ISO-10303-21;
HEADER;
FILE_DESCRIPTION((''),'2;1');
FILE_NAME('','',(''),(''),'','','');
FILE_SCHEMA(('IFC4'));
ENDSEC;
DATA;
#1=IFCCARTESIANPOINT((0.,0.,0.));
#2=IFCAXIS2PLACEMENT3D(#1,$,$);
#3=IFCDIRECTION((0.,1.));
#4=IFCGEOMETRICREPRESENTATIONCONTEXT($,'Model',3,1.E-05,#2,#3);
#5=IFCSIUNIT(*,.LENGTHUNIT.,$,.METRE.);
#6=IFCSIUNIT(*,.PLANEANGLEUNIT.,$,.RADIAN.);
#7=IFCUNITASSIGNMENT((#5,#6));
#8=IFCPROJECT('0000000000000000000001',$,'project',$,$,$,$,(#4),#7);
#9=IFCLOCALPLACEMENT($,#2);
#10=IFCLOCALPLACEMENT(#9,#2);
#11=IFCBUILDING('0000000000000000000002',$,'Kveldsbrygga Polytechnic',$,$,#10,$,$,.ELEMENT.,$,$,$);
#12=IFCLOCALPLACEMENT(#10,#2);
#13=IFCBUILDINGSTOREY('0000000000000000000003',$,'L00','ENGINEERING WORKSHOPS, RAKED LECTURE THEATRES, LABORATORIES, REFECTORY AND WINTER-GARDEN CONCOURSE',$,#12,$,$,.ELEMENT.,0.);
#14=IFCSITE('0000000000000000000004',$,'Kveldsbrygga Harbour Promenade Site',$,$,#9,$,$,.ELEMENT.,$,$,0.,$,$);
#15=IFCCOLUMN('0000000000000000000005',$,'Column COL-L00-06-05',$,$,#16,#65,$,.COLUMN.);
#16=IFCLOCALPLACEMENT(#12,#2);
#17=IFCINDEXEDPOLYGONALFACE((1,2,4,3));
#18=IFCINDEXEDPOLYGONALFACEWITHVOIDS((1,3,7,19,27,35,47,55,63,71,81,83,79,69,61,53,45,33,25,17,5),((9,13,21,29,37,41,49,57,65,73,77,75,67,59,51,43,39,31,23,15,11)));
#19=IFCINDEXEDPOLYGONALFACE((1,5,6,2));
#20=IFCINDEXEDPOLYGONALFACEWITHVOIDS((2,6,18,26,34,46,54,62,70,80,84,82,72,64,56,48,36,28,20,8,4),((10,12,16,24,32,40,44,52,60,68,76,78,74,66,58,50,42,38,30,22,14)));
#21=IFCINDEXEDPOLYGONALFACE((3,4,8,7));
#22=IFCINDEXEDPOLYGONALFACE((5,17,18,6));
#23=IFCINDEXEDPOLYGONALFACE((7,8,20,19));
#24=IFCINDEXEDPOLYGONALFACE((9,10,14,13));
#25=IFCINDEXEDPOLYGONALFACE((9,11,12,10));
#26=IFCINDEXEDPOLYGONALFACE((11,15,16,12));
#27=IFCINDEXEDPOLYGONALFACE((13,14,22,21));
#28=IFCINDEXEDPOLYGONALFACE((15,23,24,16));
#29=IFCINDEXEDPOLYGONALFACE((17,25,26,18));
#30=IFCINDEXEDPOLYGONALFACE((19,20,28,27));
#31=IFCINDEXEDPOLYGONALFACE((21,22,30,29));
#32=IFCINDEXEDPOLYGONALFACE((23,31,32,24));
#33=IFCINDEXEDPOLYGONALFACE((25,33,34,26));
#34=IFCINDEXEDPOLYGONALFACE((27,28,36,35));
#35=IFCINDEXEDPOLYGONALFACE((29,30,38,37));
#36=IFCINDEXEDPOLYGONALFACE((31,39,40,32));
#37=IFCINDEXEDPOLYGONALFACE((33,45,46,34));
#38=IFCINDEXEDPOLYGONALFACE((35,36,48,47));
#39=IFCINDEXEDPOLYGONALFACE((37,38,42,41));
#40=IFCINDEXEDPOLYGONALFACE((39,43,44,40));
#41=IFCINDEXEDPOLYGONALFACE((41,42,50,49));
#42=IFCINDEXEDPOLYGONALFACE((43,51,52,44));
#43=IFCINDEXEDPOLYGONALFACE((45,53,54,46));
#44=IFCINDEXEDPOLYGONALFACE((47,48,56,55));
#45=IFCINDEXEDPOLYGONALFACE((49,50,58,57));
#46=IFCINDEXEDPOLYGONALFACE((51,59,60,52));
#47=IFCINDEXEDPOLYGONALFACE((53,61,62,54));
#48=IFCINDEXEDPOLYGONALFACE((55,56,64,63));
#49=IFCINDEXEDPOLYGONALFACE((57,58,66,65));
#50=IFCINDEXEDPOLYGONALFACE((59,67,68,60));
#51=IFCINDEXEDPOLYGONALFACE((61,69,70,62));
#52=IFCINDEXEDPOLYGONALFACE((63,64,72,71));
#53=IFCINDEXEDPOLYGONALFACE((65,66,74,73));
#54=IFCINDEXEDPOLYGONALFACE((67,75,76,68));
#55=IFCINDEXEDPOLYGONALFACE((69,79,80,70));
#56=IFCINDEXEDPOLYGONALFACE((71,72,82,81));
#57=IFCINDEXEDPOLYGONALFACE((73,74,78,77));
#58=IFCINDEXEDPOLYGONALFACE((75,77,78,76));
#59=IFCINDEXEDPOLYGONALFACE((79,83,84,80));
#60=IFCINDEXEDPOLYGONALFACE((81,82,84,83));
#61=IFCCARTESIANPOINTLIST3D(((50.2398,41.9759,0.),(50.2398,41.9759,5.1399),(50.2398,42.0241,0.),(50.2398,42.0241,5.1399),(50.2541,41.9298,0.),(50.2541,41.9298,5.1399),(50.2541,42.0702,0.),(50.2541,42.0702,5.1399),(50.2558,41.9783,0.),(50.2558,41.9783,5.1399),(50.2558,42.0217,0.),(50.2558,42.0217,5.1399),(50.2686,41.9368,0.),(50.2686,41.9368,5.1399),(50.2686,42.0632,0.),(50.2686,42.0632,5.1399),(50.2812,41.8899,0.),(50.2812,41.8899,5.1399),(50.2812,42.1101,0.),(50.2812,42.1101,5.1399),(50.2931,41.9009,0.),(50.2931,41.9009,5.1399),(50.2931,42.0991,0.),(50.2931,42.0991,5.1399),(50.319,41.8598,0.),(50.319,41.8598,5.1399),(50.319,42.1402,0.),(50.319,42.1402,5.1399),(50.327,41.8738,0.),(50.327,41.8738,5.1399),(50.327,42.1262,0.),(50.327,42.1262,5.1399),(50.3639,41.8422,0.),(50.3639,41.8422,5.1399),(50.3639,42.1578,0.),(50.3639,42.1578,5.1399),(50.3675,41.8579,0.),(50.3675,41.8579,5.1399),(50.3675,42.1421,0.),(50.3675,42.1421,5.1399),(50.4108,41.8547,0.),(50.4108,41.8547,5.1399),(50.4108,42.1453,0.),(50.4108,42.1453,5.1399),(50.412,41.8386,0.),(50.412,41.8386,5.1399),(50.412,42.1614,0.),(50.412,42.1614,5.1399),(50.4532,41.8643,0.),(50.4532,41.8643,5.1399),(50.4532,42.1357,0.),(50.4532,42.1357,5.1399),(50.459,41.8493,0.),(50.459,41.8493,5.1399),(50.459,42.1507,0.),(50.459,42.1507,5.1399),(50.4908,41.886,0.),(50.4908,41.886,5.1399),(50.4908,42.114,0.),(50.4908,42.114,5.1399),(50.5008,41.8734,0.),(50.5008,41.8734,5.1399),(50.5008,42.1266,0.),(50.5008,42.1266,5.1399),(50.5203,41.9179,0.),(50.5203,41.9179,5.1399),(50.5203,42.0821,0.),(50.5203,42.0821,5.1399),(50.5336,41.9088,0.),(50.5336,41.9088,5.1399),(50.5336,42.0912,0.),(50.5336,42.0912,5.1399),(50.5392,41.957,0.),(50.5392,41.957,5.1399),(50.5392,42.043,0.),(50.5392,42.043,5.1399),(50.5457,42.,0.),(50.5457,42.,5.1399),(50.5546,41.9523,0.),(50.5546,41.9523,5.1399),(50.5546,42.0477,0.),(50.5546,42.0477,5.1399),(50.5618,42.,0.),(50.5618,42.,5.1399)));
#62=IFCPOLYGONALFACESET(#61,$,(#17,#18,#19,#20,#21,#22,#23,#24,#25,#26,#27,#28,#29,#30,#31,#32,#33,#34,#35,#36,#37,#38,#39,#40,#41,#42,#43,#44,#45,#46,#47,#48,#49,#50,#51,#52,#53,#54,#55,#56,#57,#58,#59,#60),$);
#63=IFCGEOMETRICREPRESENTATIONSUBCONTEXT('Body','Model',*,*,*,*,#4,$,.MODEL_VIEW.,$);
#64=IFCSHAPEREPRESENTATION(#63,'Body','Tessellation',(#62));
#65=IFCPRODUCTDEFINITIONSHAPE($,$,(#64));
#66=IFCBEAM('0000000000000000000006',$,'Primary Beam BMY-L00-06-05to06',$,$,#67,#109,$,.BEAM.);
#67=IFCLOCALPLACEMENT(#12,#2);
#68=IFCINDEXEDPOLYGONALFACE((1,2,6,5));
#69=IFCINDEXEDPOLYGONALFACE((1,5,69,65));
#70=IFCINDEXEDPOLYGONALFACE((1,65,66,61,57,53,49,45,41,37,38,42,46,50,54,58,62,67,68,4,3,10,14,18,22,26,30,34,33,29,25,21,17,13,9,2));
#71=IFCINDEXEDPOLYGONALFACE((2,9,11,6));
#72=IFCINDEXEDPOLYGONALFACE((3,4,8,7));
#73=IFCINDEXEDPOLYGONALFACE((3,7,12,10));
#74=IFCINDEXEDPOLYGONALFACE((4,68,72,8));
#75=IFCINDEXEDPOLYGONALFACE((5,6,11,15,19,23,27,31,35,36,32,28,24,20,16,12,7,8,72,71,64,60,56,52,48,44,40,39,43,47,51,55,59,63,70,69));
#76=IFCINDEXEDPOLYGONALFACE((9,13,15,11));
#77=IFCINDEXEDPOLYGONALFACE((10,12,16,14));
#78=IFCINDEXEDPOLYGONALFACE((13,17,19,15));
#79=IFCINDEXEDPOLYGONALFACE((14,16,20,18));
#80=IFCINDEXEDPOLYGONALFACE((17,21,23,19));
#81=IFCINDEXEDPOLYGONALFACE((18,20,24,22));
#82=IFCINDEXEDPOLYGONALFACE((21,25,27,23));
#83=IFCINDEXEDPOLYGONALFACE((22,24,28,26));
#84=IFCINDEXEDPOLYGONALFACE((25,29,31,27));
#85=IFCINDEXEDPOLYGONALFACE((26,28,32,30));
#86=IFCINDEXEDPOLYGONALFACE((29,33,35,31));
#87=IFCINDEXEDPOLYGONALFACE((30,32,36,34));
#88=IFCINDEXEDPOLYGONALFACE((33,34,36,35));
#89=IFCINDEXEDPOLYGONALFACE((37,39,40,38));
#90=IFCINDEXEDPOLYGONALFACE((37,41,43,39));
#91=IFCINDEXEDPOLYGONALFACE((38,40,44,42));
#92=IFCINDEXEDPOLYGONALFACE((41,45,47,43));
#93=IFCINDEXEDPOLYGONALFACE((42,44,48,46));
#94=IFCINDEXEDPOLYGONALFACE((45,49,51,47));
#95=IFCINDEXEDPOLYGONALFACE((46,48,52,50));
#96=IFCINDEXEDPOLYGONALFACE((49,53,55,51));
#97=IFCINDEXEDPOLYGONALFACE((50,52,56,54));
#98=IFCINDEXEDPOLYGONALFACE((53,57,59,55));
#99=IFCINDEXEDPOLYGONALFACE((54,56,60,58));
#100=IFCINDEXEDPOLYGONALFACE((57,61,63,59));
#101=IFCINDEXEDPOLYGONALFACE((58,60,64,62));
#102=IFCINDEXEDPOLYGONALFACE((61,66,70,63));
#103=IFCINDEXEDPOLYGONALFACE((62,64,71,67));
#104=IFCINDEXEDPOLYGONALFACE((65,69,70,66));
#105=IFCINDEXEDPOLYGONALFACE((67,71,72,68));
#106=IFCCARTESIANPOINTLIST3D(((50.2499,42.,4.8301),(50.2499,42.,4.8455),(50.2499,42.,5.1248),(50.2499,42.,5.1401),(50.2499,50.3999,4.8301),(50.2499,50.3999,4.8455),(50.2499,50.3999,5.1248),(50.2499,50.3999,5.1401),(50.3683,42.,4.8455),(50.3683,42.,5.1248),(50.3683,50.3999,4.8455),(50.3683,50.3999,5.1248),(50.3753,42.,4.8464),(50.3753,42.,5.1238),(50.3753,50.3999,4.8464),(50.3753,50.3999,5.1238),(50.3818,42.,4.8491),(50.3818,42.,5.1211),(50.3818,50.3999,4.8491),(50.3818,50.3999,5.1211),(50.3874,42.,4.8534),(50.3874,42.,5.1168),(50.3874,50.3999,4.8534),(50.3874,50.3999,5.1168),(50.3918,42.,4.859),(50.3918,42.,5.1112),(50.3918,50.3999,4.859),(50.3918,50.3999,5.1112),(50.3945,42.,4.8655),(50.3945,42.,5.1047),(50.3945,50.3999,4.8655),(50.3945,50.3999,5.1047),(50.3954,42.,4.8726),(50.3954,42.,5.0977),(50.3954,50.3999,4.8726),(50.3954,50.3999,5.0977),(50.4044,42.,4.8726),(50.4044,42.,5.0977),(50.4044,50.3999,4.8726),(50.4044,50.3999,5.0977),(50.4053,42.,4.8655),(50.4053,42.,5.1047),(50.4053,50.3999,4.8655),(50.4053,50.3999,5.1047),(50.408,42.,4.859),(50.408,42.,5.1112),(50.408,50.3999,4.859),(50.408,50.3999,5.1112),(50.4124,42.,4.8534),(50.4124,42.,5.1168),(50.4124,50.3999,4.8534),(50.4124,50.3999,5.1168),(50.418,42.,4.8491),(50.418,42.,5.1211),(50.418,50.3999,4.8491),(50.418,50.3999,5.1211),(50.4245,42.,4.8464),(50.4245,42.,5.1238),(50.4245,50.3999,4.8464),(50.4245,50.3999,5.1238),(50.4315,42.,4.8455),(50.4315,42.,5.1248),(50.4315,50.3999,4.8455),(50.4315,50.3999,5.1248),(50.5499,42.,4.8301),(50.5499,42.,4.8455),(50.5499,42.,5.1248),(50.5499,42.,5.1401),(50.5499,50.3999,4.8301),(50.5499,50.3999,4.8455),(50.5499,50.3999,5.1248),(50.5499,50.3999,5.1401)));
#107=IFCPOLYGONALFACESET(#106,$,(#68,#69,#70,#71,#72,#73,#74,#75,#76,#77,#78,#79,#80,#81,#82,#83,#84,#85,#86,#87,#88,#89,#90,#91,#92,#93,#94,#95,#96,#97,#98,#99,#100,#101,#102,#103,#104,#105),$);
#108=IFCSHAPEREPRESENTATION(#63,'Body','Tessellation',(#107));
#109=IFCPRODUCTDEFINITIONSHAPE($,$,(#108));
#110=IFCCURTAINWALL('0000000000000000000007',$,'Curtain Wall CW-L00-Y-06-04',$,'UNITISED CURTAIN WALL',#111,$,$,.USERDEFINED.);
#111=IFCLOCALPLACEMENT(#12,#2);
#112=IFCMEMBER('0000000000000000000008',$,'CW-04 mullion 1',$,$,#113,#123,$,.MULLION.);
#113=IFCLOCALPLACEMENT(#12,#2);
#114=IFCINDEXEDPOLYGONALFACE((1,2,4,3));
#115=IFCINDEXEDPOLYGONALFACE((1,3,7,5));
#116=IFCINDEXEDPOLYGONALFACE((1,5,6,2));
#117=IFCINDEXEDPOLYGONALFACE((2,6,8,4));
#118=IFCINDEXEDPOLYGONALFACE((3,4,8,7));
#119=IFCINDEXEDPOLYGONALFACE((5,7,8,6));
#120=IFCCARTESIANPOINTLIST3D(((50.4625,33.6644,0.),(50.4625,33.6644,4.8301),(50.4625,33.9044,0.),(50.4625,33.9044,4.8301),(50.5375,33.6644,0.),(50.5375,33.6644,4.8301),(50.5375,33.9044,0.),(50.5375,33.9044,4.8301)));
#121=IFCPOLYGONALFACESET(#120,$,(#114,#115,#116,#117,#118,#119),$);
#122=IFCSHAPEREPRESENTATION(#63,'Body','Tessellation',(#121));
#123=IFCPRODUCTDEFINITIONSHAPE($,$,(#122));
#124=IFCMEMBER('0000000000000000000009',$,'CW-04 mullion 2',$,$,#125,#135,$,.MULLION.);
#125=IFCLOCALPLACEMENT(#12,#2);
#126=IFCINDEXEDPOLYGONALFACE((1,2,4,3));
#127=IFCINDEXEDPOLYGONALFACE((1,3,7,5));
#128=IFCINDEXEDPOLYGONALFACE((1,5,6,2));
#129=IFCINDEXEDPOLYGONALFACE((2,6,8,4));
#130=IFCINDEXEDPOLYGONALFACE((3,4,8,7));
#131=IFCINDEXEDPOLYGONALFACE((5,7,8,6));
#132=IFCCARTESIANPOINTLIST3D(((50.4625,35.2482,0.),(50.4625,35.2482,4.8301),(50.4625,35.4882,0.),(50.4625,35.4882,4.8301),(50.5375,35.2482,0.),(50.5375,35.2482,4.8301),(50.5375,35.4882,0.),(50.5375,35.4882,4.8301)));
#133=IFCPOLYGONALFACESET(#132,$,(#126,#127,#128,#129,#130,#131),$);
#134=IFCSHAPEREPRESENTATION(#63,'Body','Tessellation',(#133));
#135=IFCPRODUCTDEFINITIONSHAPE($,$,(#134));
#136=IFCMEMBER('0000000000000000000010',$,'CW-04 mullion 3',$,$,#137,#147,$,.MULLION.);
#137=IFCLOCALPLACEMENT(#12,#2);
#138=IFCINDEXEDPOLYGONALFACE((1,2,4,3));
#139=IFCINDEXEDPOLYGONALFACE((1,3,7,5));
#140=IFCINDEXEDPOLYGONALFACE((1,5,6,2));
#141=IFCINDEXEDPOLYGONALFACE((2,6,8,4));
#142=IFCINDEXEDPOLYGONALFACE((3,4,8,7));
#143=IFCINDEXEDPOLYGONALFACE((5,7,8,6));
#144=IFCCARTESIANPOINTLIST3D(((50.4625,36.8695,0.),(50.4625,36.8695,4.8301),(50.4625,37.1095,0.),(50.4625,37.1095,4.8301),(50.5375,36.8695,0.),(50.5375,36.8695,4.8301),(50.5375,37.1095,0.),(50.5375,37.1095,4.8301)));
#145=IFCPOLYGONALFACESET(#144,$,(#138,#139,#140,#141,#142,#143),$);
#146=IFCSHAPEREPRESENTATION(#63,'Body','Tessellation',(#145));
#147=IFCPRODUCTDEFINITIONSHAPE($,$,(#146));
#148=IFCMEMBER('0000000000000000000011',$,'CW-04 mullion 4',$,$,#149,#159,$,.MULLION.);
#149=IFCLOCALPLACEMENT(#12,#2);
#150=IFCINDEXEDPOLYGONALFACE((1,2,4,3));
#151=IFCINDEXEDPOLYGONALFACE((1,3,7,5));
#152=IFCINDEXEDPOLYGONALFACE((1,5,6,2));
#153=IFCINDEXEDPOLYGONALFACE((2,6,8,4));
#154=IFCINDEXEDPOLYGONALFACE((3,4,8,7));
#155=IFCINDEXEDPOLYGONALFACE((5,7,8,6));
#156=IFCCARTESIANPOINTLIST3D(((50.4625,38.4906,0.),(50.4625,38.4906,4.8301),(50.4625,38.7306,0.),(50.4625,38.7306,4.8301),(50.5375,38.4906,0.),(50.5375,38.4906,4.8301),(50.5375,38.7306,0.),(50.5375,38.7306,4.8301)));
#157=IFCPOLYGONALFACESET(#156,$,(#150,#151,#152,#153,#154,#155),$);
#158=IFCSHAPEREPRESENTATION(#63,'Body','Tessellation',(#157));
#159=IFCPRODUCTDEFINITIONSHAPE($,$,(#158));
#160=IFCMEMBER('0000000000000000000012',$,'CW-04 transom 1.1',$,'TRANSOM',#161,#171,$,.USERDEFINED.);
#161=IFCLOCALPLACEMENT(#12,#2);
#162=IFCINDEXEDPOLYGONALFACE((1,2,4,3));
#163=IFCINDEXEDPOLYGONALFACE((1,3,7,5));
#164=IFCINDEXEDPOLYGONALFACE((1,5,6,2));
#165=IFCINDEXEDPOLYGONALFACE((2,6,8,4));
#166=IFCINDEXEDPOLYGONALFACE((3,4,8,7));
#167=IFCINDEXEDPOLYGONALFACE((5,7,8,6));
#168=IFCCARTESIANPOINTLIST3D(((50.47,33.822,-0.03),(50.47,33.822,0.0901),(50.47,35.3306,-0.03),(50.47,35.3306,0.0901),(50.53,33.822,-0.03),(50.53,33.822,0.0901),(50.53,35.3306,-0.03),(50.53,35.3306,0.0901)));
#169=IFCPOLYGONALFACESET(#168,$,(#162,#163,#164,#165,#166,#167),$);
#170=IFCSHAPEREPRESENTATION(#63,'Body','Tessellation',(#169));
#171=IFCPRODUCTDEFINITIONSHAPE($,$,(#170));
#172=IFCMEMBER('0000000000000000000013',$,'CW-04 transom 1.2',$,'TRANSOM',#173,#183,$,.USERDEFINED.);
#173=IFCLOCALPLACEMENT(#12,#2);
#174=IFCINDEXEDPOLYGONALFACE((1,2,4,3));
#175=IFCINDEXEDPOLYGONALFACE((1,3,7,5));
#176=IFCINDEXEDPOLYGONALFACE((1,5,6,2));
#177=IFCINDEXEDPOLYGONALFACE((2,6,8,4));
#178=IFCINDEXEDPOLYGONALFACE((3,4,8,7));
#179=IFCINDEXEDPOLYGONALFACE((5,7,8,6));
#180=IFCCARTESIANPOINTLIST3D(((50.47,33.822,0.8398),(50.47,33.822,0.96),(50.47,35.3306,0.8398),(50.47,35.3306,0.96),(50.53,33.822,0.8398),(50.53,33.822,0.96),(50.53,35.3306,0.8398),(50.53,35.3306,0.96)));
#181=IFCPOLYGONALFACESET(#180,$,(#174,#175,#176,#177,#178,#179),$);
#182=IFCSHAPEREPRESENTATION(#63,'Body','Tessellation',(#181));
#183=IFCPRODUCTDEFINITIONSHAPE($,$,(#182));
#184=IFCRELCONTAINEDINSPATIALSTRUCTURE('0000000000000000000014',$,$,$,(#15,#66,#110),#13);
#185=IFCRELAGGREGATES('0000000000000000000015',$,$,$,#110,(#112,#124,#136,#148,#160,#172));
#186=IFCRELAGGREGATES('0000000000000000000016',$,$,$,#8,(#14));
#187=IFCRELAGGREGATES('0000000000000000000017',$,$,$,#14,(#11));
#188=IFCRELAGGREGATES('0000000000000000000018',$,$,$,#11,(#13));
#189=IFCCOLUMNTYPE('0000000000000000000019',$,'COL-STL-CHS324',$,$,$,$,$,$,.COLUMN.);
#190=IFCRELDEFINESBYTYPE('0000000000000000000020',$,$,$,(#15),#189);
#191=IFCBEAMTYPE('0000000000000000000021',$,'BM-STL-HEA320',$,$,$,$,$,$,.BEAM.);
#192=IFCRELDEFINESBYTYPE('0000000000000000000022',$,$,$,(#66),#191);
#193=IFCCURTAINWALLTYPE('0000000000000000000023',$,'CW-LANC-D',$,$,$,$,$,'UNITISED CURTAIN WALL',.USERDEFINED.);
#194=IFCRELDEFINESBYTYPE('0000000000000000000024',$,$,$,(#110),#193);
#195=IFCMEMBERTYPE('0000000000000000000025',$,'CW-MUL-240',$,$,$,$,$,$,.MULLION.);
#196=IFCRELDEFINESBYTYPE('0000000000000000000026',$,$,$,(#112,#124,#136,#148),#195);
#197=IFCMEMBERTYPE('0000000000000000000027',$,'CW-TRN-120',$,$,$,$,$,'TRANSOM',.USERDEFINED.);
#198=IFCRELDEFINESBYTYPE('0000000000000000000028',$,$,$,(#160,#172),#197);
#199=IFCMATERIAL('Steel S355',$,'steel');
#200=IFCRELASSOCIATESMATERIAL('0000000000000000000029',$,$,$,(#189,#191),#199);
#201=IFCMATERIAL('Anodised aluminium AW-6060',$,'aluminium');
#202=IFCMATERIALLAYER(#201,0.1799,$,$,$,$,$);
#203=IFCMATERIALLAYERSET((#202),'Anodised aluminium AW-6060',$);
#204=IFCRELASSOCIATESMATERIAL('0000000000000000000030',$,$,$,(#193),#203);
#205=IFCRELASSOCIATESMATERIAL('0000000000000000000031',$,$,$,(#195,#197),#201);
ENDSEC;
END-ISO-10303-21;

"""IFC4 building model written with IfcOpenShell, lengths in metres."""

from ifc_helpers import new_model, si_unit, direction, frame, origin, origin_2d, place, context, subcontext, project, spatial, rectangle, hollow_circle, i_section, extrude, material, layer, layer_set, material_profile, profile_set, type_object, element, aggregate, save


model = new_model("IFC4")

# Units and contexts
model_context = context("Model", 3, precision=1e-05, world=origin(), true_north=direction((0.0, 1.0)))
body_context = subcontext(model_context, "Body", "Model", "MODEL_VIEW")
ifc_project = project(units=[si_unit("LENGTHUNIT", "METRE"), si_unit("PLANEANGLEUNIT", "RADIAN")], contexts=[model_context])

# Site, building, storey
site_placement = place(None, origin())
site = spatial("IfcSite", under=ifc_project, at=site_placement, Name="Kveldsbrygga Harbour Promenade Site", CompositionType="ELEMENT", RefElevation=0.0)
building_placement = place(site_placement, origin())
building = spatial("IfcBuilding", under=site, at=building_placement, Name="Kveldsbrygga Polytechnic", CompositionType="ELEMENT")
storey_placement = place(building_placement, origin())
storey = spatial("IfcBuildingStorey", under=building, at=storey_placement, Name="L00", Description="ENGINEERING WORKSHOPS, RAKED LECTURE THEATRES, LABORATORIES, REFECTORY AND WINTER-GARDEN CONCOURSE", CompositionType="ELEMENT", Elevation=0.0)

# Column
ifc_material_1 = material(Name="Steel S355", Category="steel")
ifc_material_profile_1 = material_profile(ifc_material_1, hollow_circle(Radius=0.1619, WallThickness=0.0161, at=origin_2d()), Name="CHS 323.9x16.0")
ifc_profile_set_1 = profile_set([ifc_material_profile_1], Name="Steel S355")
column_type = type_object("IfcColumnType", Name="COL-STL-CHS324", PredefinedType="COLUMN", material=ifc_profile_set_1)
column_placement = place(storey_placement, frame((50.3999, 42.0, 0.0), z_axis=(0.0, 0.0, 1.0), x_axis=(1.0, 0.0, 0.0)))
element("IfcColumn", 1, at=column_placement, inside=storey, type_object=column_type, Name="Column COL-L00-06-05", PredefinedType="COLUMN", context=body_context, shape_type="SweptSolid", body=[
    extrude(hollow_circle(Radius=0.1619, WallThickness=0.0161, at=origin_2d()), origin(), (0.0, 0.0, 1.0), 5.1399),
])

# Beam
ifc_material_profile_2 = material_profile(ifc_material_1, i_section(OverallWidth=0.3, OverallDepth=0.3101, WebThickness=0.009, FlangeThickness=0.0154, FilletRadius=0.0271, at=origin_2d()), Name="HEA 320")
ifc_profile_set_2 = profile_set([ifc_material_profile_2], Name="Steel S355")
beam_type = type_object("IfcBeamType", Name="BM-STL-HEA320", PredefinedType="BEAM", material=ifc_profile_set_2)
beam_placement = place(storey_placement, frame((50.3999, 42.0, 4.9851), z_axis=(0.0, 1.0, 0.0), x_axis=(-1.0, 0.0, 0.0)))
element("IfcBeam", 2, at=beam_placement, inside=storey, type_object=beam_type, Name="Primary Beam BMY-L00-06-05to06", PredefinedType="BEAM", context=body_context, shape_type="SweptSolid", body=[
    extrude(i_section(OverallWidth=0.3, OverallDepth=0.3101, WebThickness=0.009, FlangeThickness=0.0154, FilletRadius=0.0271, at=origin_2d()), origin(), (0.0, 0.0, 1.0), 8.3999),
])

# Curtain wall, members
ifc_material_2 = material(Name="Anodised aluminium AW-6060", Category="aluminium")
ifc_layer_1 = layer(ifc_material_2, 0.1799)
ifc_layer_set_1 = layer_set([ifc_layer_1], Name="Anodised aluminium AW-6060")
curtain_wall_type = type_object("IfcCurtainWallType", Name="CW-LANC-D", ElementType="UNITISED CURTAIN WALL", PredefinedType="USERDEFINED", material=ifc_layer_set_1)
curtain_wall_placement = place(storey_placement, origin())
curtain_wall = element("IfcCurtainWall", 3, at=curtain_wall_placement, inside=storey, type_object=curtain_wall_type, Name="Curtain Wall CW-L00-Y-06-04", ObjectType="UNITISED CURTAIN WALL", PredefinedType="USERDEFINED")
ifc_material_profile_3 = material_profile(ifc_material_2, rectangle(XDim=0.075, YDim=0.24, at=origin_2d()), Name="ALU 75x240")
ifc_profile_set_3 = profile_set([ifc_material_profile_3], Name="Anodised aluminium AW-6060")
member_type_1 = type_object("IfcMemberType", Name="CW-MUL-240", PredefinedType="MULLION", material=ifc_profile_set_3)
member_1_placement = place(storey_placement, frame((50.5, 33.7844, 0.0), z_axis=(0.0, 0.0, 1.0), x_axis=(-1.0, 0.0, 0.0)))
member_1 = element("IfcMember", 4, at=member_1_placement, type_object=member_type_1, Name="CW-04 mullion 1", PredefinedType="MULLION", context=body_context, shape_type="SweptSolid", body=[
    extrude(rectangle(XDim=0.075, YDim=0.24, at=origin_2d()), origin(), (0.0, 0.0, 1.0), 4.8301),
])
member_2_placement = place(storey_placement, frame((50.5, 35.3682, 0.0), z_axis=(0.0, 0.0, 1.0), x_axis=(-1.0, 0.0, 0.0)))
member_2 = element("IfcMember", 5, at=member_2_placement, type_object=member_type_1, Name="CW-04 mullion 2", PredefinedType="MULLION", context=body_context, shape_type="SweptSolid", body=[
    extrude(rectangle(XDim=0.075, YDim=0.24, at=origin_2d()), origin(), (0.0, 0.0, 1.0), 4.8301),
])
member_3_placement = place(storey_placement, frame((50.5, 36.9895, 0.0), z_axis=(0.0, 0.0, 1.0), x_axis=(-1.0, 0.0, 0.0)))
member_3 = element("IfcMember", 6, at=member_3_placement, type_object=member_type_1, Name="CW-04 mullion 3", PredefinedType="MULLION", context=body_context, shape_type="SweptSolid", body=[
    extrude(rectangle(XDim=0.075, YDim=0.24, at=origin_2d()), origin(), (0.0, 0.0, 1.0), 4.8301),
])
member_4_placement = place(storey_placement, frame((50.5, 38.6106, 0.0), z_axis=(0.0, 0.0, 1.0), x_axis=(-1.0, 0.0, 0.0)))
member_4 = element("IfcMember", 7, at=member_4_placement, type_object=member_type_1, Name="CW-04 mullion 4", PredefinedType="MULLION", context=body_context, shape_type="SweptSolid", body=[
    extrude(rectangle(XDim=0.075, YDim=0.24, at=origin_2d()), origin(), (0.0, 0.0, 1.0), 4.8301),
])
ifc_material_profile_4 = material_profile(ifc_material_2, rectangle(XDim=0.0601, YDim=0.1201, at=origin_2d()), Name="ALU 60x120")
ifc_profile_set_4 = profile_set([ifc_material_profile_4], Name="Anodised aluminium AW-6060")
member_type_2 = type_object("IfcMemberType", Name="CW-TRN-120", ElementType="TRANSOM", PredefinedType="USERDEFINED", material=ifc_profile_set_4)
member_5_placement = place(storey_placement, frame((50.5, 33.822, 0.03), z_axis=(0.0, 1.0, 0.0), x_axis=(-1.0, 0.0, 0.0)))
member_5 = element("IfcMember", 8, at=member_5_placement, type_object=member_type_2, Name="CW-04 transom 1.1", ObjectType="TRANSOM", PredefinedType="USERDEFINED", context=body_context, shape_type="SweptSolid", body=[
    extrude(rectangle(XDim=0.0601, YDim=0.1201, at=origin_2d()), origin(), (0.0, 0.0, 1.0), 1.5085),
])
member_6_placement = place(storey_placement, frame((50.5, 33.822, 0.8999), z_axis=(0.0, 1.0, 0.0), x_axis=(-1.0, 0.0, 0.0)))
member_6 = element("IfcMember", 9, at=member_6_placement, type_object=member_type_2, Name="CW-04 transom 1.2", ObjectType="TRANSOM", PredefinedType="USERDEFINED", context=body_context, shape_type="SweptSolid", body=[
    extrude(rectangle(XDim=0.0601, YDim=0.1201, at=origin_2d()), origin(), (0.0, 0.0, 1.0), 1.5085),
])

aggregate(curtain_wall, [member_1, member_2, member_3, member_4, member_5, member_6])

save(model, "model.ifc")
